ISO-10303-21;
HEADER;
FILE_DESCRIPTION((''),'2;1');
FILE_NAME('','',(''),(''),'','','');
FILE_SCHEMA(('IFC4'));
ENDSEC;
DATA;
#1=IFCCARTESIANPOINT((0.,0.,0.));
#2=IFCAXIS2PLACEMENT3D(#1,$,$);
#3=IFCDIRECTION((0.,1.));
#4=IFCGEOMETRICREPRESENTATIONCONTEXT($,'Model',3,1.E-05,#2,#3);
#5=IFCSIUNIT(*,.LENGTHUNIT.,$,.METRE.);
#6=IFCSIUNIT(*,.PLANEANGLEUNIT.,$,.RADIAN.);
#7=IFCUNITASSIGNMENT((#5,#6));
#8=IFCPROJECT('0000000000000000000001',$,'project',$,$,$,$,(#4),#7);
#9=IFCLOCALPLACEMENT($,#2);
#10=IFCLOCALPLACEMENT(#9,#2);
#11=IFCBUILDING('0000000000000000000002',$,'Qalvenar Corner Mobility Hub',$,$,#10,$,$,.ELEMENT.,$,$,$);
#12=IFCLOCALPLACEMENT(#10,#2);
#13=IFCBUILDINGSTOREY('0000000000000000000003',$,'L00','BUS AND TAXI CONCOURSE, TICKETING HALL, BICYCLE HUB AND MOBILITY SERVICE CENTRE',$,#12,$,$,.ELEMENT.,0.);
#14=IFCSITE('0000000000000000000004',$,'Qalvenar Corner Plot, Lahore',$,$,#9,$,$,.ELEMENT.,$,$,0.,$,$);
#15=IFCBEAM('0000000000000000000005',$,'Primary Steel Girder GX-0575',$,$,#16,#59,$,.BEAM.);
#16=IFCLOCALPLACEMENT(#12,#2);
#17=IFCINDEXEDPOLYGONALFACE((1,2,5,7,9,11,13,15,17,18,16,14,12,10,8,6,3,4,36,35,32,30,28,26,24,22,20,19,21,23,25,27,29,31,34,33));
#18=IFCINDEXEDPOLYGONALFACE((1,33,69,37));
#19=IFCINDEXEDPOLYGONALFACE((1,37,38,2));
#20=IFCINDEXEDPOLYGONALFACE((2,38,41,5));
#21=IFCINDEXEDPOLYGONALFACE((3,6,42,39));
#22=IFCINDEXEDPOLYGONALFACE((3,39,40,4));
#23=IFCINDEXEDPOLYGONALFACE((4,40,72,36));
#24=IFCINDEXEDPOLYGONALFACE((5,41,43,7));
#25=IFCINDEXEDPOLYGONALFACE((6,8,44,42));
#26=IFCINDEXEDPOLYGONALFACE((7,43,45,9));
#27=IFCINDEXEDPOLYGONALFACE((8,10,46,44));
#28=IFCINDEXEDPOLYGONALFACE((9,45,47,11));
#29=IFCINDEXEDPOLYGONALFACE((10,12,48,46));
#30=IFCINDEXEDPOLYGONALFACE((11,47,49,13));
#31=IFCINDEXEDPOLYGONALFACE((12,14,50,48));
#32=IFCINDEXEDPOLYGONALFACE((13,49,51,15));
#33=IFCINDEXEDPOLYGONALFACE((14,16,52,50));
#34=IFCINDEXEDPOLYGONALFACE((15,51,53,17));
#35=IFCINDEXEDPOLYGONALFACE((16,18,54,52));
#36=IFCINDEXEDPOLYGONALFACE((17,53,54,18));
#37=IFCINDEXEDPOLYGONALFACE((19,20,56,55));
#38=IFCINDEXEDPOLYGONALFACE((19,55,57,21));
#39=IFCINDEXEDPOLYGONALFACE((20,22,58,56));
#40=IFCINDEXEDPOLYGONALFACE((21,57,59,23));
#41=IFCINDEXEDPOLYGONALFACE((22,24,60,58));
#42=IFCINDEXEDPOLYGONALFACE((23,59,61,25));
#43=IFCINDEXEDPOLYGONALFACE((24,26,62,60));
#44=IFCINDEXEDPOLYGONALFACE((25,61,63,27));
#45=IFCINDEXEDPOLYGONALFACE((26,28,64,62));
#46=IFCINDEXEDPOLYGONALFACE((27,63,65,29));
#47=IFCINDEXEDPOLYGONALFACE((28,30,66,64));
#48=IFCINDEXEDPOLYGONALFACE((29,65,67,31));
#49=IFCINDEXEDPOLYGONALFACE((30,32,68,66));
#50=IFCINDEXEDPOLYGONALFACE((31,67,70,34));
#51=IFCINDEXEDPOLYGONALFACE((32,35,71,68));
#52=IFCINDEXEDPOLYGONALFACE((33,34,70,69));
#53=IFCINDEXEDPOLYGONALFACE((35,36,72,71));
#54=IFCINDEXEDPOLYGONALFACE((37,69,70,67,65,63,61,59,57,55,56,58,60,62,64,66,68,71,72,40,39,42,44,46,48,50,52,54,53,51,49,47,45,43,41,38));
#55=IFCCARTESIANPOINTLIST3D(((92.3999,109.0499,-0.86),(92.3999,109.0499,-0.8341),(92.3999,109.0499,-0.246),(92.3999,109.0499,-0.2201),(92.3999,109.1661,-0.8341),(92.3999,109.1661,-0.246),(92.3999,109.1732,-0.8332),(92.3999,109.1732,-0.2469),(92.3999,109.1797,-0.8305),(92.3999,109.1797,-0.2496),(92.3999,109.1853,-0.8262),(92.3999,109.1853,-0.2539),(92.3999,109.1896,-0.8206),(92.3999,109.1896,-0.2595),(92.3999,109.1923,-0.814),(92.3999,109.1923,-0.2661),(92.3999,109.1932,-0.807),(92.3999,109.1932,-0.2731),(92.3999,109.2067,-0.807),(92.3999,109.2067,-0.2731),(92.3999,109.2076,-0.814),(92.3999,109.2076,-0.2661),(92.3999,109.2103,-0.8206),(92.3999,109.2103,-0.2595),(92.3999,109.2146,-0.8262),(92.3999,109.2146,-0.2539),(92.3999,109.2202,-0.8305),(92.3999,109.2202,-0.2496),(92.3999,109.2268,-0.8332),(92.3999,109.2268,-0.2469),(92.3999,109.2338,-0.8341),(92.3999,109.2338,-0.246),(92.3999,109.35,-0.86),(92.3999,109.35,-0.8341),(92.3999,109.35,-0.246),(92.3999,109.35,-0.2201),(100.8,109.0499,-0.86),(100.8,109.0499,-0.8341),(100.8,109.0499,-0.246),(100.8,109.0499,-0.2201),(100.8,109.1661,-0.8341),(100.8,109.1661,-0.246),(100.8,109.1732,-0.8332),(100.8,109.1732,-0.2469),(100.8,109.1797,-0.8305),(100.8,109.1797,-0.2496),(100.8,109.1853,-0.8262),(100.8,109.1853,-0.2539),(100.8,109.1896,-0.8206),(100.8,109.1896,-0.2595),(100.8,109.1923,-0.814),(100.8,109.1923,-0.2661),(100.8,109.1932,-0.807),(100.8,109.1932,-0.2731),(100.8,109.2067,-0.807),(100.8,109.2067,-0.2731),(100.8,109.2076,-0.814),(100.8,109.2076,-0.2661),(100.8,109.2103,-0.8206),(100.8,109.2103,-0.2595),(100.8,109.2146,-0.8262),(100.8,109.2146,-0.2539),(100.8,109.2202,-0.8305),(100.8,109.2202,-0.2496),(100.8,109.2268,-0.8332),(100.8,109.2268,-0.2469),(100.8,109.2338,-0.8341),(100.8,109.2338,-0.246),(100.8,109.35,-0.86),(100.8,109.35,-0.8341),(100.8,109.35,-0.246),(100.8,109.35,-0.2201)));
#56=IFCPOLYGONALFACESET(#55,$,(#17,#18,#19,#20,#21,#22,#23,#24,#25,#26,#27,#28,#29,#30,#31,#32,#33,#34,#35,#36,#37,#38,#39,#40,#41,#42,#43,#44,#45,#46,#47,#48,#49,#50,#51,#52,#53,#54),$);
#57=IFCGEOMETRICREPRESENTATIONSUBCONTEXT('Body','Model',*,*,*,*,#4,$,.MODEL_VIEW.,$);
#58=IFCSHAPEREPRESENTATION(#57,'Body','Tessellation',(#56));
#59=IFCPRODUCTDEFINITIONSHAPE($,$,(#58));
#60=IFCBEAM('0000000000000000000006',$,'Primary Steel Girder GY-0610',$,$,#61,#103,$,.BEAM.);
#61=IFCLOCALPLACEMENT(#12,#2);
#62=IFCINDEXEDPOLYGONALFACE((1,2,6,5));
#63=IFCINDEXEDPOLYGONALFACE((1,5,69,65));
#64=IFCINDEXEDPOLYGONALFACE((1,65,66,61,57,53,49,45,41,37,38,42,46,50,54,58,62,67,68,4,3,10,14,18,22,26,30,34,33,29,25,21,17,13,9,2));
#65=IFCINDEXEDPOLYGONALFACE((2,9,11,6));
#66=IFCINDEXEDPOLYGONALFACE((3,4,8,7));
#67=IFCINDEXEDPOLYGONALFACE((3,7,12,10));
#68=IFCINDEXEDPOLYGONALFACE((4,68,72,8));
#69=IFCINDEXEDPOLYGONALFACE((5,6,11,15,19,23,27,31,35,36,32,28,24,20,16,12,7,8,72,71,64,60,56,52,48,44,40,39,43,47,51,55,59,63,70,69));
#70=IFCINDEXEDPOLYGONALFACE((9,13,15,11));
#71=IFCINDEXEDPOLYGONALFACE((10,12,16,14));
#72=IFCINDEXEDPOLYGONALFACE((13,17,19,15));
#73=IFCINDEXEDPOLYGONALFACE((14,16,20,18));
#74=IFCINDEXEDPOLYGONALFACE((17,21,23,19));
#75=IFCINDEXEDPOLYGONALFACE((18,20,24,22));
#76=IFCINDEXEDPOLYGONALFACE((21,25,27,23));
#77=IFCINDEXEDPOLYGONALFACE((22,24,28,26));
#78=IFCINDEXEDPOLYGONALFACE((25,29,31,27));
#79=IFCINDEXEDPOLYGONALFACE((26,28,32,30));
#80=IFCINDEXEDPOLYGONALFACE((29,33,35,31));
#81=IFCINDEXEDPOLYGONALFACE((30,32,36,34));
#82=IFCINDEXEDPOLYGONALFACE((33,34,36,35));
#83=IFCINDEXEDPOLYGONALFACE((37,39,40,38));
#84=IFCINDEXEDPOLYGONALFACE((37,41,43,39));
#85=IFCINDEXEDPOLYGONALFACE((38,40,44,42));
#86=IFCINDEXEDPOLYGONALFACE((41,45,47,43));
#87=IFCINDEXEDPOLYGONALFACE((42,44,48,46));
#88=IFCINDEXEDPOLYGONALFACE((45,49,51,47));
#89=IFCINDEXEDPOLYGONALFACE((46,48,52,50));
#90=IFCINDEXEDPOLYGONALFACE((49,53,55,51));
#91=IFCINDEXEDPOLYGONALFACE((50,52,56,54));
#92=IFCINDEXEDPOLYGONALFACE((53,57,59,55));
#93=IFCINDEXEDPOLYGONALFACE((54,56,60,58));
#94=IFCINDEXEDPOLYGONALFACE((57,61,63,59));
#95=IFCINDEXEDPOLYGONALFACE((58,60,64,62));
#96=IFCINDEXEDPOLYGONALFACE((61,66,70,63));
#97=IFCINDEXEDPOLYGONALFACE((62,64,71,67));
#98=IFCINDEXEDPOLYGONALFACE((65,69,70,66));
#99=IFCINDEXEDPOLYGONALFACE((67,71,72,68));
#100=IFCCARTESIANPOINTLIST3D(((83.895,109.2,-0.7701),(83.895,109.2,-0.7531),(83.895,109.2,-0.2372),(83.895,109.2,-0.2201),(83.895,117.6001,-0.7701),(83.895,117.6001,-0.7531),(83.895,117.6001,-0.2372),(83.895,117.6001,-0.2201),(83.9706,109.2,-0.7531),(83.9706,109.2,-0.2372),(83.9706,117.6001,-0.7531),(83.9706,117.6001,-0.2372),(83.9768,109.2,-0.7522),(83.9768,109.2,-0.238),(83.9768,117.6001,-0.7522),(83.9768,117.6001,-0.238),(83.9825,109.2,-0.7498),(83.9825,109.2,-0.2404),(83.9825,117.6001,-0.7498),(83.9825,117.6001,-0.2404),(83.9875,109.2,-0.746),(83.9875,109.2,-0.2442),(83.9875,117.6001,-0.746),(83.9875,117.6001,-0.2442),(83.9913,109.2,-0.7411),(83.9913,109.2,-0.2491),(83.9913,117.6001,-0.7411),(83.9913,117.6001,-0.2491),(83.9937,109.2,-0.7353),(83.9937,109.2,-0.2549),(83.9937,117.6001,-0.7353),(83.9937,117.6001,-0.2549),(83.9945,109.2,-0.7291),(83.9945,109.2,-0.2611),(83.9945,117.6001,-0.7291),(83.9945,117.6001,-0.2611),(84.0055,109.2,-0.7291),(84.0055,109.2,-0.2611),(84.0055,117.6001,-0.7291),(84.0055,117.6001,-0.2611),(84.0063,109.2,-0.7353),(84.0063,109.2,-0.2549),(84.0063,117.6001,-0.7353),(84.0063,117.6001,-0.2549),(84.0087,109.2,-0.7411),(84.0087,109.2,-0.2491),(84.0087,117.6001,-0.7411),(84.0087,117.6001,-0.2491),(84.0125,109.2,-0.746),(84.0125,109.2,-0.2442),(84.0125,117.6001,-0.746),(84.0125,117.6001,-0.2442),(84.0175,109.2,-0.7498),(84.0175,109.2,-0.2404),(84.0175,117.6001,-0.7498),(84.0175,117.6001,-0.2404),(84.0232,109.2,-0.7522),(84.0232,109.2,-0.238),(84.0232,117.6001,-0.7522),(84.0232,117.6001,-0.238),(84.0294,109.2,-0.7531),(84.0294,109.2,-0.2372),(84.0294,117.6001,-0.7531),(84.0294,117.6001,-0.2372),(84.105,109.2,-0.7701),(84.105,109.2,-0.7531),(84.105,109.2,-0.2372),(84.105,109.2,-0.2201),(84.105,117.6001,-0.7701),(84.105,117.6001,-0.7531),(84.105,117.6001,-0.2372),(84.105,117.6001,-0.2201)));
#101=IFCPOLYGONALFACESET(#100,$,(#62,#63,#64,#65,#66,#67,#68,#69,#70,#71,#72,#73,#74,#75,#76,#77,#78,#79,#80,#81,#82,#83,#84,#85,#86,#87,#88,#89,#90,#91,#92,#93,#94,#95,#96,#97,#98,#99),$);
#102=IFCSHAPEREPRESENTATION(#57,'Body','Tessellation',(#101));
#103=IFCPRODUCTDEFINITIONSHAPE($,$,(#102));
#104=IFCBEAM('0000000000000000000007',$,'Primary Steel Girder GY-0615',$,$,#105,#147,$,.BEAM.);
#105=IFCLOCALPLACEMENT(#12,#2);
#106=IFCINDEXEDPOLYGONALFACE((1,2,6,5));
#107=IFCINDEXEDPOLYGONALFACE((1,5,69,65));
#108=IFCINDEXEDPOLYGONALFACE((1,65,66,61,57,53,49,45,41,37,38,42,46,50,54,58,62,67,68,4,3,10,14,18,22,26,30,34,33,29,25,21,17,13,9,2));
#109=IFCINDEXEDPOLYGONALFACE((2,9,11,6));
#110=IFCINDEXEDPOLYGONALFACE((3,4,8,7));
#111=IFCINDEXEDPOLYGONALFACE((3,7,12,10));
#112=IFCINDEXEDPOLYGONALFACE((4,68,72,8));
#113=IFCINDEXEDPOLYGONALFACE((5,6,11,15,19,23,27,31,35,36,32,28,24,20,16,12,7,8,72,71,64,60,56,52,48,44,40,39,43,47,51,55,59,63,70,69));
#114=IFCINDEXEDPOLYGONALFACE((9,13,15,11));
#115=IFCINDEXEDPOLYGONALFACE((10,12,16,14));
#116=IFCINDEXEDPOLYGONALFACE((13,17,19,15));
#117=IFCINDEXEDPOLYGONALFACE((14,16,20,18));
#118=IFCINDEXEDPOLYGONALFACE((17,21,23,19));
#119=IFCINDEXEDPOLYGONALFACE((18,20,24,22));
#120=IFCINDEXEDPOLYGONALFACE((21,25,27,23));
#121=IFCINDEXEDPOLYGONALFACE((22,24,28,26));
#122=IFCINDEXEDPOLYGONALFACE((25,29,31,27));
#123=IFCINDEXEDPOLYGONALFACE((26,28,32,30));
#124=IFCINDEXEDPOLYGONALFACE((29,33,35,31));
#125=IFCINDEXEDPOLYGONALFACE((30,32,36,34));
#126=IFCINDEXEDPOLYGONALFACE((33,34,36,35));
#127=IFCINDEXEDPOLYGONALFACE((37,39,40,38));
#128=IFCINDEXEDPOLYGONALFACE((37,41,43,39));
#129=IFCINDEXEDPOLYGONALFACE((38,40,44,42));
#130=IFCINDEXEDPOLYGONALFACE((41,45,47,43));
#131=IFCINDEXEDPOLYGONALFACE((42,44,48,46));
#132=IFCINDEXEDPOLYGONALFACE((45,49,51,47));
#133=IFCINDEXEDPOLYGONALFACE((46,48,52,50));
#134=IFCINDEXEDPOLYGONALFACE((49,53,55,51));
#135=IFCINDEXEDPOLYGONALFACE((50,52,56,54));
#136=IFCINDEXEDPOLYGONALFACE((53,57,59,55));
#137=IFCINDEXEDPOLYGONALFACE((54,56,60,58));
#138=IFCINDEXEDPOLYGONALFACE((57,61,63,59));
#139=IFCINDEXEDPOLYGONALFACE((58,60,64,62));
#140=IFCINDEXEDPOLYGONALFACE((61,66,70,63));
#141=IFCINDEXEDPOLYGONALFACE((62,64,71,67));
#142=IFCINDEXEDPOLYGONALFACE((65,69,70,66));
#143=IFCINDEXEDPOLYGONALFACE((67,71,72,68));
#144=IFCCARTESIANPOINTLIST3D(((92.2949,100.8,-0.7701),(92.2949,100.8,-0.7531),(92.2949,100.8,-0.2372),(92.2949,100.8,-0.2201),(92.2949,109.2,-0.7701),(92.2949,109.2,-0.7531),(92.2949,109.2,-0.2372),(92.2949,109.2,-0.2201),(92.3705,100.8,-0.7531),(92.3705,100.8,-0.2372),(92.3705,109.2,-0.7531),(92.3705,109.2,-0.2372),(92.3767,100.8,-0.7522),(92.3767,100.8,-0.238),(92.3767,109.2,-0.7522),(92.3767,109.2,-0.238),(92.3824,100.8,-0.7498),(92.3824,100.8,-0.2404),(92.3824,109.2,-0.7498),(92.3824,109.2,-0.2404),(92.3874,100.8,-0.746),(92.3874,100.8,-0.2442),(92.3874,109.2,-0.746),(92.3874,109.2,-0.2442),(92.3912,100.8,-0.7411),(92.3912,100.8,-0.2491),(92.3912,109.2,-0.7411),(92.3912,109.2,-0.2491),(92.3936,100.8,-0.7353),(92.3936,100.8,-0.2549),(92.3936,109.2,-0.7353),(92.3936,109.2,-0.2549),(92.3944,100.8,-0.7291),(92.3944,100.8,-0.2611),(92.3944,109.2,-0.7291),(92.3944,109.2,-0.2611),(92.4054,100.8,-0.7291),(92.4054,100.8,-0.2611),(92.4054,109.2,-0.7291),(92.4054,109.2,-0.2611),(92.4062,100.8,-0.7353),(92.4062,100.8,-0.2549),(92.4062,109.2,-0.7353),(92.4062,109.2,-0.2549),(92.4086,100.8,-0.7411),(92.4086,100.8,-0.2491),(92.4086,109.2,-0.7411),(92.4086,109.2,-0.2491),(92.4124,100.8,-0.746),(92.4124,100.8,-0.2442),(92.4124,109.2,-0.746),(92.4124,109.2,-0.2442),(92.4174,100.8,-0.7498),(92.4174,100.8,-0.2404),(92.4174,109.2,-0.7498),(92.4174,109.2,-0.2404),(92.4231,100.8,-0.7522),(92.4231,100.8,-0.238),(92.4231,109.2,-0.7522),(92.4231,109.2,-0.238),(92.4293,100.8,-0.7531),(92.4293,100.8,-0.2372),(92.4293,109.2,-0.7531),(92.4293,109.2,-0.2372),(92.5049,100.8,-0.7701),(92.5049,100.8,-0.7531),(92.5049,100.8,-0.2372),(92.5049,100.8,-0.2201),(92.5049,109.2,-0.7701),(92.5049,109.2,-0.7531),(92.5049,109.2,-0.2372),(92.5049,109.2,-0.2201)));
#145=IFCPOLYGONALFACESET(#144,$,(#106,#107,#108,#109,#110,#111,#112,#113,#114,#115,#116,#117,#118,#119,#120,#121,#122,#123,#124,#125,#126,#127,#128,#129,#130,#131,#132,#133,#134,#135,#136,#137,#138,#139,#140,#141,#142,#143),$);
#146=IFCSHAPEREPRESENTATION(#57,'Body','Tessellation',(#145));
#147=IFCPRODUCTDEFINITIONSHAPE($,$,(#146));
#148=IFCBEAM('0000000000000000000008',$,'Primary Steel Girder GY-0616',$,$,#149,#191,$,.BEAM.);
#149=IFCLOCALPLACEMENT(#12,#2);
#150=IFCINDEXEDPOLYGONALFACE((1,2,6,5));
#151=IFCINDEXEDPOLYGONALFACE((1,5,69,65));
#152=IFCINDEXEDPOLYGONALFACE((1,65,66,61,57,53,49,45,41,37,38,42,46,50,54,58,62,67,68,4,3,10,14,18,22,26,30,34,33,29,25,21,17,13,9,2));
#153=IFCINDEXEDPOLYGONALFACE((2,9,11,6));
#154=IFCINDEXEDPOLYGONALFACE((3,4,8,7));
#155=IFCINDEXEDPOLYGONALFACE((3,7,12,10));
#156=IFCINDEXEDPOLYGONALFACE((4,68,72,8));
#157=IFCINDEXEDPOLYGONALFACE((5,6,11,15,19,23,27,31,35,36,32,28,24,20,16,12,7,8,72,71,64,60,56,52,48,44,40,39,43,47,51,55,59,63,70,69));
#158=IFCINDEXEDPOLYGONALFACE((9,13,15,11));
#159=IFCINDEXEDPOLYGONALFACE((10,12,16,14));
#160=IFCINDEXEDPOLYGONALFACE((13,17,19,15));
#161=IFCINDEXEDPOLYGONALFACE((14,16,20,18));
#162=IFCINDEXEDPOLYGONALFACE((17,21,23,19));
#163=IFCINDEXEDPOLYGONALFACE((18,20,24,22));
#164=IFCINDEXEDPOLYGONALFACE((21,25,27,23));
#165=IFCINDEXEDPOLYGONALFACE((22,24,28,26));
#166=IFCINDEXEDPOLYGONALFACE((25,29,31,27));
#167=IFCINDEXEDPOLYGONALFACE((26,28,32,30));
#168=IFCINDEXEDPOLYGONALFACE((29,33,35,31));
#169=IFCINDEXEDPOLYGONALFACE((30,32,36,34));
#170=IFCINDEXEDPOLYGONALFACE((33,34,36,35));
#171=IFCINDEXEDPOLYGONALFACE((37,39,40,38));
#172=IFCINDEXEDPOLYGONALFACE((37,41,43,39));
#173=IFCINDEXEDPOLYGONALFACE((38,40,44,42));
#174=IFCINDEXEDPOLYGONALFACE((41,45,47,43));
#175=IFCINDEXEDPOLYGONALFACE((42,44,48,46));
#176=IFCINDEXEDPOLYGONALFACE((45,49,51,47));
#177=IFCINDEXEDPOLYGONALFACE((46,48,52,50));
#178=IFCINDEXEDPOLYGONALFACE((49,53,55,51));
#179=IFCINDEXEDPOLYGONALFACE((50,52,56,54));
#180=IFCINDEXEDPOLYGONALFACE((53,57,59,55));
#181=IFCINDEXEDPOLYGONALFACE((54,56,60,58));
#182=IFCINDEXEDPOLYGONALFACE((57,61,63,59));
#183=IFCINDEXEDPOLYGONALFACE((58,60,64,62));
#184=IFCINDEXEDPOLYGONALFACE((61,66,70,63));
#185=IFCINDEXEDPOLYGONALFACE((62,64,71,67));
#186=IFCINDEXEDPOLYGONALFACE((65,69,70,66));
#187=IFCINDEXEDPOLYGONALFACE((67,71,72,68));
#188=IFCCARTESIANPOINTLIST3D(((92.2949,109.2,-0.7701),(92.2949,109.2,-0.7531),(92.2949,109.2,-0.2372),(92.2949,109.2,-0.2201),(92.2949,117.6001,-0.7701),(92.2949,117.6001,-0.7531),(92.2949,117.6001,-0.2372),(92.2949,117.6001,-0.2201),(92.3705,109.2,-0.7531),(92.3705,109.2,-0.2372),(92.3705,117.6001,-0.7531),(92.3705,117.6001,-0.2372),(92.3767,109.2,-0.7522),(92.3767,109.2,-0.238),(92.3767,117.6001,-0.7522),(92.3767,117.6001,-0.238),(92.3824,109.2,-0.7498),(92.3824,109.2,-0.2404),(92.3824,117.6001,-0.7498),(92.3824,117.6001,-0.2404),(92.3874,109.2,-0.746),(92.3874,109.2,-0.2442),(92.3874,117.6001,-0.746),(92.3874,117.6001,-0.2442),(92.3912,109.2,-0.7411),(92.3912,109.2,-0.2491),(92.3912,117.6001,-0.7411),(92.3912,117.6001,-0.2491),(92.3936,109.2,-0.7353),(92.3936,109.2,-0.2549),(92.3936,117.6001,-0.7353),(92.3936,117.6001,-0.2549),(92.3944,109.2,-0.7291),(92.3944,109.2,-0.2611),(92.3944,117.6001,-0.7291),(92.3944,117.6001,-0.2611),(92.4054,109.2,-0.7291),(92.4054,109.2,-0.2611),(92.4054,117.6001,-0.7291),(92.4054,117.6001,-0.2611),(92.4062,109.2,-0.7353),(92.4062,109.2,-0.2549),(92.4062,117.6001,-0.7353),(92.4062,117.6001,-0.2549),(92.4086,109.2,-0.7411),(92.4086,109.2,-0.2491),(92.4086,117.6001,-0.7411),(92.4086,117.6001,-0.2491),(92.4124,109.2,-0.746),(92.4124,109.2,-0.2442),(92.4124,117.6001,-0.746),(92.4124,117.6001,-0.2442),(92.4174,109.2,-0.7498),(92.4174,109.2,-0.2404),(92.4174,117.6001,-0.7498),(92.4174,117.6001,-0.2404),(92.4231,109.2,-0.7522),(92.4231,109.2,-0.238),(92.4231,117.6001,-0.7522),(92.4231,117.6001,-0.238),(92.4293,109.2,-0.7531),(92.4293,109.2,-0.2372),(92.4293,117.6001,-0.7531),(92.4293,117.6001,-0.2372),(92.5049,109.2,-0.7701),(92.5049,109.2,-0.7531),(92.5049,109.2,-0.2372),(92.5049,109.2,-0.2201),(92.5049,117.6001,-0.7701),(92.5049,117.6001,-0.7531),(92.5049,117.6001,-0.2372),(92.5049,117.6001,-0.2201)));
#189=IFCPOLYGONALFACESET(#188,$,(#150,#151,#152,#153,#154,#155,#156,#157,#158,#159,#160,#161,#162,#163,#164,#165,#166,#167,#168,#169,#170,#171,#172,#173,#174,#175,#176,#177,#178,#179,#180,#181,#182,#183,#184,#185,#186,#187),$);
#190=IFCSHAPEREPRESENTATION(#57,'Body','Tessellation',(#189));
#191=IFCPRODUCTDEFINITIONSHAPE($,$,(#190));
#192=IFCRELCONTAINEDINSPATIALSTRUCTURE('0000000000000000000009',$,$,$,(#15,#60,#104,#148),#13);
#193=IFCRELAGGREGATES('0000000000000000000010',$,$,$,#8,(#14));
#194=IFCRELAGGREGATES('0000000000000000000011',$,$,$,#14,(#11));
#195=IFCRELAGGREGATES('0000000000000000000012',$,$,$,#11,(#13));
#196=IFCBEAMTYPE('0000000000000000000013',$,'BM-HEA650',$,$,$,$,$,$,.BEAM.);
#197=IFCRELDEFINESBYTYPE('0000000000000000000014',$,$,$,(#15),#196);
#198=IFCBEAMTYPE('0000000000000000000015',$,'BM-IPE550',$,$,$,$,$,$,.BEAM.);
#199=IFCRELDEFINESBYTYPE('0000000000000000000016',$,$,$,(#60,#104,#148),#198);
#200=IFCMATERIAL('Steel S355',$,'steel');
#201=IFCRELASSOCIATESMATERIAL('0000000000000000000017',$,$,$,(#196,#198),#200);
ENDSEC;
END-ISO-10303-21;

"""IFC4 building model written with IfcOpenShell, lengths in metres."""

from ifc_helpers import new_model, si_unit, direction, frame, origin, origin_2d, place, context, subcontext, project, spatial, i_section, extrude, material, material_profile, profile_set, type_object, element, save


model = new_model("IFC4")

# Units and contexts
model_context = context("Model", 3, precision=1e-05, world=origin(), true_north=direction((0.0, 1.0)))
body_context = subcontext(model_context, "Body", "Model", "MODEL_VIEW")
ifc_project = project(units=[si_unit("LENGTHUNIT", "METRE"), si_unit("PLANEANGLEUNIT", "RADIAN")], contexts=[model_context])

# Site, building, storey
site_placement = place(None, origin())
site = spatial("IfcSite", under=ifc_project, at=site_placement, Name="Qalvenar Corner Plot, Lahore", CompositionType="ELEMENT", RefElevation=0.0)
building_placement = place(site_placement, origin())
building = spatial("IfcBuilding", under=site, at=building_placement, Name="Qalvenar Corner Mobility Hub", CompositionType="ELEMENT")
storey_placement = place(building_placement, origin())
storey = spatial("IfcBuildingStorey", under=building, at=storey_placement, Name="L00", Description="BUS AND TAXI CONCOURSE, TICKETING HALL, BICYCLE HUB AND MOBILITY SERVICE CENTRE", CompositionType="ELEMENT", Elevation=0.0)

# Shared definitions
ifc_material_1 = material(Name="Steel S355", Category="steel")

# Beams
ifc_material_profile_1 = material_profile(ifc_material_1, i_section(OverallWidth=0.3, OverallDepth=0.6399, WebThickness=0.0134, FlangeThickness=0.0259, FilletRadius=0.0271, at=origin_2d()), Name="HEA650")
ifc_profile_set_1 = profile_set([ifc_material_profile_1], Name="Steel S355")
beam_type_1 = type_object("IfcBeamType", Name="BM-HEA650", PredefinedType="BEAM", material=ifc_profile_set_1)
beam_1_placement = place(storey_placement, frame((92.3999, 109.2, -0.54), z_axis=(1.0, 0.0, 0.0), x_axis=(0.0, 1.0, 0.0)))
element("IfcBeam", 1, at=beam_1_placement, inside=storey, type_object=beam_type_1, Name="Primary Steel Girder GX-0575", PredefinedType="BEAM", context=body_context, shape_type="SweptSolid", body=[
    extrude(i_section(OverallWidth=0.3, OverallDepth=0.6399, WebThickness=0.0134, FlangeThickness=0.0259, FilletRadius=0.0271, at=origin_2d()), origin(), (0.0, 0.0, 1.0), 8.4001),
])
ifc_material_profile_2 = material_profile(ifc_material_1, i_section(OverallWidth=0.21, OverallDepth=0.55, WebThickness=0.011, FlangeThickness=0.0171, FilletRadius=0.0239, at=origin_2d()), Name="IPE550")
ifc_profile_set_2 = profile_set([ifc_material_profile_2], Name="Steel S355")
beam_type_2 = type_object("IfcBeamType", Name="BM-IPE550", PredefinedType="BEAM", material=ifc_profile_set_2)
beam_2_placement = place(storey_placement, frame((84.0, 109.2, -0.4951), z_axis=(0.0, 1.0, 0.0), x_axis=(-1.0, 0.0, 0.0)))
element("IfcBeam", 2, at=beam_2_placement, inside=storey, type_object=beam_type_2, Name="Primary Steel Girder GY-0610", PredefinedType="BEAM", context=body_context, shape_type="SweptSolid", body=[
    extrude(i_section(OverallWidth=0.21, OverallDepth=0.55, WebThickness=0.011, FlangeThickness=0.0171, FilletRadius=0.0239, at=origin_2d()), origin(), (0.0, 0.0, 1.0), 8.4001),
])
beam_3_placement = place(storey_placement, frame((92.3999, 100.8, -0.4951), z_axis=(0.0, 1.0, 0.0), x_axis=(-1.0, 0.0, 0.0)))
element("IfcBeam", 3, at=beam_3_placement, inside=storey, type_object=beam_type_2, Name="Primary Steel Girder GY-0615", PredefinedType="BEAM", context=body_context, shape_type="SweptSolid", body=[
    extrude(i_section(OverallWidth=0.21, OverallDepth=0.55, WebThickness=0.011, FlangeThickness=0.0171, FilletRadius=0.0239, at=origin_2d()), origin(), (0.0, 0.0, 1.0), 8.3999),
])
beam_4_placement = place(storey_placement, frame((92.3999, 109.2, -0.4951), z_axis=(0.0, 1.0, 0.0), x_axis=(-1.0, 0.0, 0.0)))
element("IfcBeam", 4, at=beam_4_placement, inside=storey, type_object=beam_type_2, Name="Primary Steel Girder GY-0616", PredefinedType="BEAM", context=body_context, shape_type="SweptSolid", body=[
    extrude(i_section(OverallWidth=0.21, OverallDepth=0.55, WebThickness=0.011, FlangeThickness=0.0171, FilletRadius=0.0239, at=origin_2d()), origin(), (0.0, 0.0, 1.0), 8.4001),
])

save(model, "model.ifc")
